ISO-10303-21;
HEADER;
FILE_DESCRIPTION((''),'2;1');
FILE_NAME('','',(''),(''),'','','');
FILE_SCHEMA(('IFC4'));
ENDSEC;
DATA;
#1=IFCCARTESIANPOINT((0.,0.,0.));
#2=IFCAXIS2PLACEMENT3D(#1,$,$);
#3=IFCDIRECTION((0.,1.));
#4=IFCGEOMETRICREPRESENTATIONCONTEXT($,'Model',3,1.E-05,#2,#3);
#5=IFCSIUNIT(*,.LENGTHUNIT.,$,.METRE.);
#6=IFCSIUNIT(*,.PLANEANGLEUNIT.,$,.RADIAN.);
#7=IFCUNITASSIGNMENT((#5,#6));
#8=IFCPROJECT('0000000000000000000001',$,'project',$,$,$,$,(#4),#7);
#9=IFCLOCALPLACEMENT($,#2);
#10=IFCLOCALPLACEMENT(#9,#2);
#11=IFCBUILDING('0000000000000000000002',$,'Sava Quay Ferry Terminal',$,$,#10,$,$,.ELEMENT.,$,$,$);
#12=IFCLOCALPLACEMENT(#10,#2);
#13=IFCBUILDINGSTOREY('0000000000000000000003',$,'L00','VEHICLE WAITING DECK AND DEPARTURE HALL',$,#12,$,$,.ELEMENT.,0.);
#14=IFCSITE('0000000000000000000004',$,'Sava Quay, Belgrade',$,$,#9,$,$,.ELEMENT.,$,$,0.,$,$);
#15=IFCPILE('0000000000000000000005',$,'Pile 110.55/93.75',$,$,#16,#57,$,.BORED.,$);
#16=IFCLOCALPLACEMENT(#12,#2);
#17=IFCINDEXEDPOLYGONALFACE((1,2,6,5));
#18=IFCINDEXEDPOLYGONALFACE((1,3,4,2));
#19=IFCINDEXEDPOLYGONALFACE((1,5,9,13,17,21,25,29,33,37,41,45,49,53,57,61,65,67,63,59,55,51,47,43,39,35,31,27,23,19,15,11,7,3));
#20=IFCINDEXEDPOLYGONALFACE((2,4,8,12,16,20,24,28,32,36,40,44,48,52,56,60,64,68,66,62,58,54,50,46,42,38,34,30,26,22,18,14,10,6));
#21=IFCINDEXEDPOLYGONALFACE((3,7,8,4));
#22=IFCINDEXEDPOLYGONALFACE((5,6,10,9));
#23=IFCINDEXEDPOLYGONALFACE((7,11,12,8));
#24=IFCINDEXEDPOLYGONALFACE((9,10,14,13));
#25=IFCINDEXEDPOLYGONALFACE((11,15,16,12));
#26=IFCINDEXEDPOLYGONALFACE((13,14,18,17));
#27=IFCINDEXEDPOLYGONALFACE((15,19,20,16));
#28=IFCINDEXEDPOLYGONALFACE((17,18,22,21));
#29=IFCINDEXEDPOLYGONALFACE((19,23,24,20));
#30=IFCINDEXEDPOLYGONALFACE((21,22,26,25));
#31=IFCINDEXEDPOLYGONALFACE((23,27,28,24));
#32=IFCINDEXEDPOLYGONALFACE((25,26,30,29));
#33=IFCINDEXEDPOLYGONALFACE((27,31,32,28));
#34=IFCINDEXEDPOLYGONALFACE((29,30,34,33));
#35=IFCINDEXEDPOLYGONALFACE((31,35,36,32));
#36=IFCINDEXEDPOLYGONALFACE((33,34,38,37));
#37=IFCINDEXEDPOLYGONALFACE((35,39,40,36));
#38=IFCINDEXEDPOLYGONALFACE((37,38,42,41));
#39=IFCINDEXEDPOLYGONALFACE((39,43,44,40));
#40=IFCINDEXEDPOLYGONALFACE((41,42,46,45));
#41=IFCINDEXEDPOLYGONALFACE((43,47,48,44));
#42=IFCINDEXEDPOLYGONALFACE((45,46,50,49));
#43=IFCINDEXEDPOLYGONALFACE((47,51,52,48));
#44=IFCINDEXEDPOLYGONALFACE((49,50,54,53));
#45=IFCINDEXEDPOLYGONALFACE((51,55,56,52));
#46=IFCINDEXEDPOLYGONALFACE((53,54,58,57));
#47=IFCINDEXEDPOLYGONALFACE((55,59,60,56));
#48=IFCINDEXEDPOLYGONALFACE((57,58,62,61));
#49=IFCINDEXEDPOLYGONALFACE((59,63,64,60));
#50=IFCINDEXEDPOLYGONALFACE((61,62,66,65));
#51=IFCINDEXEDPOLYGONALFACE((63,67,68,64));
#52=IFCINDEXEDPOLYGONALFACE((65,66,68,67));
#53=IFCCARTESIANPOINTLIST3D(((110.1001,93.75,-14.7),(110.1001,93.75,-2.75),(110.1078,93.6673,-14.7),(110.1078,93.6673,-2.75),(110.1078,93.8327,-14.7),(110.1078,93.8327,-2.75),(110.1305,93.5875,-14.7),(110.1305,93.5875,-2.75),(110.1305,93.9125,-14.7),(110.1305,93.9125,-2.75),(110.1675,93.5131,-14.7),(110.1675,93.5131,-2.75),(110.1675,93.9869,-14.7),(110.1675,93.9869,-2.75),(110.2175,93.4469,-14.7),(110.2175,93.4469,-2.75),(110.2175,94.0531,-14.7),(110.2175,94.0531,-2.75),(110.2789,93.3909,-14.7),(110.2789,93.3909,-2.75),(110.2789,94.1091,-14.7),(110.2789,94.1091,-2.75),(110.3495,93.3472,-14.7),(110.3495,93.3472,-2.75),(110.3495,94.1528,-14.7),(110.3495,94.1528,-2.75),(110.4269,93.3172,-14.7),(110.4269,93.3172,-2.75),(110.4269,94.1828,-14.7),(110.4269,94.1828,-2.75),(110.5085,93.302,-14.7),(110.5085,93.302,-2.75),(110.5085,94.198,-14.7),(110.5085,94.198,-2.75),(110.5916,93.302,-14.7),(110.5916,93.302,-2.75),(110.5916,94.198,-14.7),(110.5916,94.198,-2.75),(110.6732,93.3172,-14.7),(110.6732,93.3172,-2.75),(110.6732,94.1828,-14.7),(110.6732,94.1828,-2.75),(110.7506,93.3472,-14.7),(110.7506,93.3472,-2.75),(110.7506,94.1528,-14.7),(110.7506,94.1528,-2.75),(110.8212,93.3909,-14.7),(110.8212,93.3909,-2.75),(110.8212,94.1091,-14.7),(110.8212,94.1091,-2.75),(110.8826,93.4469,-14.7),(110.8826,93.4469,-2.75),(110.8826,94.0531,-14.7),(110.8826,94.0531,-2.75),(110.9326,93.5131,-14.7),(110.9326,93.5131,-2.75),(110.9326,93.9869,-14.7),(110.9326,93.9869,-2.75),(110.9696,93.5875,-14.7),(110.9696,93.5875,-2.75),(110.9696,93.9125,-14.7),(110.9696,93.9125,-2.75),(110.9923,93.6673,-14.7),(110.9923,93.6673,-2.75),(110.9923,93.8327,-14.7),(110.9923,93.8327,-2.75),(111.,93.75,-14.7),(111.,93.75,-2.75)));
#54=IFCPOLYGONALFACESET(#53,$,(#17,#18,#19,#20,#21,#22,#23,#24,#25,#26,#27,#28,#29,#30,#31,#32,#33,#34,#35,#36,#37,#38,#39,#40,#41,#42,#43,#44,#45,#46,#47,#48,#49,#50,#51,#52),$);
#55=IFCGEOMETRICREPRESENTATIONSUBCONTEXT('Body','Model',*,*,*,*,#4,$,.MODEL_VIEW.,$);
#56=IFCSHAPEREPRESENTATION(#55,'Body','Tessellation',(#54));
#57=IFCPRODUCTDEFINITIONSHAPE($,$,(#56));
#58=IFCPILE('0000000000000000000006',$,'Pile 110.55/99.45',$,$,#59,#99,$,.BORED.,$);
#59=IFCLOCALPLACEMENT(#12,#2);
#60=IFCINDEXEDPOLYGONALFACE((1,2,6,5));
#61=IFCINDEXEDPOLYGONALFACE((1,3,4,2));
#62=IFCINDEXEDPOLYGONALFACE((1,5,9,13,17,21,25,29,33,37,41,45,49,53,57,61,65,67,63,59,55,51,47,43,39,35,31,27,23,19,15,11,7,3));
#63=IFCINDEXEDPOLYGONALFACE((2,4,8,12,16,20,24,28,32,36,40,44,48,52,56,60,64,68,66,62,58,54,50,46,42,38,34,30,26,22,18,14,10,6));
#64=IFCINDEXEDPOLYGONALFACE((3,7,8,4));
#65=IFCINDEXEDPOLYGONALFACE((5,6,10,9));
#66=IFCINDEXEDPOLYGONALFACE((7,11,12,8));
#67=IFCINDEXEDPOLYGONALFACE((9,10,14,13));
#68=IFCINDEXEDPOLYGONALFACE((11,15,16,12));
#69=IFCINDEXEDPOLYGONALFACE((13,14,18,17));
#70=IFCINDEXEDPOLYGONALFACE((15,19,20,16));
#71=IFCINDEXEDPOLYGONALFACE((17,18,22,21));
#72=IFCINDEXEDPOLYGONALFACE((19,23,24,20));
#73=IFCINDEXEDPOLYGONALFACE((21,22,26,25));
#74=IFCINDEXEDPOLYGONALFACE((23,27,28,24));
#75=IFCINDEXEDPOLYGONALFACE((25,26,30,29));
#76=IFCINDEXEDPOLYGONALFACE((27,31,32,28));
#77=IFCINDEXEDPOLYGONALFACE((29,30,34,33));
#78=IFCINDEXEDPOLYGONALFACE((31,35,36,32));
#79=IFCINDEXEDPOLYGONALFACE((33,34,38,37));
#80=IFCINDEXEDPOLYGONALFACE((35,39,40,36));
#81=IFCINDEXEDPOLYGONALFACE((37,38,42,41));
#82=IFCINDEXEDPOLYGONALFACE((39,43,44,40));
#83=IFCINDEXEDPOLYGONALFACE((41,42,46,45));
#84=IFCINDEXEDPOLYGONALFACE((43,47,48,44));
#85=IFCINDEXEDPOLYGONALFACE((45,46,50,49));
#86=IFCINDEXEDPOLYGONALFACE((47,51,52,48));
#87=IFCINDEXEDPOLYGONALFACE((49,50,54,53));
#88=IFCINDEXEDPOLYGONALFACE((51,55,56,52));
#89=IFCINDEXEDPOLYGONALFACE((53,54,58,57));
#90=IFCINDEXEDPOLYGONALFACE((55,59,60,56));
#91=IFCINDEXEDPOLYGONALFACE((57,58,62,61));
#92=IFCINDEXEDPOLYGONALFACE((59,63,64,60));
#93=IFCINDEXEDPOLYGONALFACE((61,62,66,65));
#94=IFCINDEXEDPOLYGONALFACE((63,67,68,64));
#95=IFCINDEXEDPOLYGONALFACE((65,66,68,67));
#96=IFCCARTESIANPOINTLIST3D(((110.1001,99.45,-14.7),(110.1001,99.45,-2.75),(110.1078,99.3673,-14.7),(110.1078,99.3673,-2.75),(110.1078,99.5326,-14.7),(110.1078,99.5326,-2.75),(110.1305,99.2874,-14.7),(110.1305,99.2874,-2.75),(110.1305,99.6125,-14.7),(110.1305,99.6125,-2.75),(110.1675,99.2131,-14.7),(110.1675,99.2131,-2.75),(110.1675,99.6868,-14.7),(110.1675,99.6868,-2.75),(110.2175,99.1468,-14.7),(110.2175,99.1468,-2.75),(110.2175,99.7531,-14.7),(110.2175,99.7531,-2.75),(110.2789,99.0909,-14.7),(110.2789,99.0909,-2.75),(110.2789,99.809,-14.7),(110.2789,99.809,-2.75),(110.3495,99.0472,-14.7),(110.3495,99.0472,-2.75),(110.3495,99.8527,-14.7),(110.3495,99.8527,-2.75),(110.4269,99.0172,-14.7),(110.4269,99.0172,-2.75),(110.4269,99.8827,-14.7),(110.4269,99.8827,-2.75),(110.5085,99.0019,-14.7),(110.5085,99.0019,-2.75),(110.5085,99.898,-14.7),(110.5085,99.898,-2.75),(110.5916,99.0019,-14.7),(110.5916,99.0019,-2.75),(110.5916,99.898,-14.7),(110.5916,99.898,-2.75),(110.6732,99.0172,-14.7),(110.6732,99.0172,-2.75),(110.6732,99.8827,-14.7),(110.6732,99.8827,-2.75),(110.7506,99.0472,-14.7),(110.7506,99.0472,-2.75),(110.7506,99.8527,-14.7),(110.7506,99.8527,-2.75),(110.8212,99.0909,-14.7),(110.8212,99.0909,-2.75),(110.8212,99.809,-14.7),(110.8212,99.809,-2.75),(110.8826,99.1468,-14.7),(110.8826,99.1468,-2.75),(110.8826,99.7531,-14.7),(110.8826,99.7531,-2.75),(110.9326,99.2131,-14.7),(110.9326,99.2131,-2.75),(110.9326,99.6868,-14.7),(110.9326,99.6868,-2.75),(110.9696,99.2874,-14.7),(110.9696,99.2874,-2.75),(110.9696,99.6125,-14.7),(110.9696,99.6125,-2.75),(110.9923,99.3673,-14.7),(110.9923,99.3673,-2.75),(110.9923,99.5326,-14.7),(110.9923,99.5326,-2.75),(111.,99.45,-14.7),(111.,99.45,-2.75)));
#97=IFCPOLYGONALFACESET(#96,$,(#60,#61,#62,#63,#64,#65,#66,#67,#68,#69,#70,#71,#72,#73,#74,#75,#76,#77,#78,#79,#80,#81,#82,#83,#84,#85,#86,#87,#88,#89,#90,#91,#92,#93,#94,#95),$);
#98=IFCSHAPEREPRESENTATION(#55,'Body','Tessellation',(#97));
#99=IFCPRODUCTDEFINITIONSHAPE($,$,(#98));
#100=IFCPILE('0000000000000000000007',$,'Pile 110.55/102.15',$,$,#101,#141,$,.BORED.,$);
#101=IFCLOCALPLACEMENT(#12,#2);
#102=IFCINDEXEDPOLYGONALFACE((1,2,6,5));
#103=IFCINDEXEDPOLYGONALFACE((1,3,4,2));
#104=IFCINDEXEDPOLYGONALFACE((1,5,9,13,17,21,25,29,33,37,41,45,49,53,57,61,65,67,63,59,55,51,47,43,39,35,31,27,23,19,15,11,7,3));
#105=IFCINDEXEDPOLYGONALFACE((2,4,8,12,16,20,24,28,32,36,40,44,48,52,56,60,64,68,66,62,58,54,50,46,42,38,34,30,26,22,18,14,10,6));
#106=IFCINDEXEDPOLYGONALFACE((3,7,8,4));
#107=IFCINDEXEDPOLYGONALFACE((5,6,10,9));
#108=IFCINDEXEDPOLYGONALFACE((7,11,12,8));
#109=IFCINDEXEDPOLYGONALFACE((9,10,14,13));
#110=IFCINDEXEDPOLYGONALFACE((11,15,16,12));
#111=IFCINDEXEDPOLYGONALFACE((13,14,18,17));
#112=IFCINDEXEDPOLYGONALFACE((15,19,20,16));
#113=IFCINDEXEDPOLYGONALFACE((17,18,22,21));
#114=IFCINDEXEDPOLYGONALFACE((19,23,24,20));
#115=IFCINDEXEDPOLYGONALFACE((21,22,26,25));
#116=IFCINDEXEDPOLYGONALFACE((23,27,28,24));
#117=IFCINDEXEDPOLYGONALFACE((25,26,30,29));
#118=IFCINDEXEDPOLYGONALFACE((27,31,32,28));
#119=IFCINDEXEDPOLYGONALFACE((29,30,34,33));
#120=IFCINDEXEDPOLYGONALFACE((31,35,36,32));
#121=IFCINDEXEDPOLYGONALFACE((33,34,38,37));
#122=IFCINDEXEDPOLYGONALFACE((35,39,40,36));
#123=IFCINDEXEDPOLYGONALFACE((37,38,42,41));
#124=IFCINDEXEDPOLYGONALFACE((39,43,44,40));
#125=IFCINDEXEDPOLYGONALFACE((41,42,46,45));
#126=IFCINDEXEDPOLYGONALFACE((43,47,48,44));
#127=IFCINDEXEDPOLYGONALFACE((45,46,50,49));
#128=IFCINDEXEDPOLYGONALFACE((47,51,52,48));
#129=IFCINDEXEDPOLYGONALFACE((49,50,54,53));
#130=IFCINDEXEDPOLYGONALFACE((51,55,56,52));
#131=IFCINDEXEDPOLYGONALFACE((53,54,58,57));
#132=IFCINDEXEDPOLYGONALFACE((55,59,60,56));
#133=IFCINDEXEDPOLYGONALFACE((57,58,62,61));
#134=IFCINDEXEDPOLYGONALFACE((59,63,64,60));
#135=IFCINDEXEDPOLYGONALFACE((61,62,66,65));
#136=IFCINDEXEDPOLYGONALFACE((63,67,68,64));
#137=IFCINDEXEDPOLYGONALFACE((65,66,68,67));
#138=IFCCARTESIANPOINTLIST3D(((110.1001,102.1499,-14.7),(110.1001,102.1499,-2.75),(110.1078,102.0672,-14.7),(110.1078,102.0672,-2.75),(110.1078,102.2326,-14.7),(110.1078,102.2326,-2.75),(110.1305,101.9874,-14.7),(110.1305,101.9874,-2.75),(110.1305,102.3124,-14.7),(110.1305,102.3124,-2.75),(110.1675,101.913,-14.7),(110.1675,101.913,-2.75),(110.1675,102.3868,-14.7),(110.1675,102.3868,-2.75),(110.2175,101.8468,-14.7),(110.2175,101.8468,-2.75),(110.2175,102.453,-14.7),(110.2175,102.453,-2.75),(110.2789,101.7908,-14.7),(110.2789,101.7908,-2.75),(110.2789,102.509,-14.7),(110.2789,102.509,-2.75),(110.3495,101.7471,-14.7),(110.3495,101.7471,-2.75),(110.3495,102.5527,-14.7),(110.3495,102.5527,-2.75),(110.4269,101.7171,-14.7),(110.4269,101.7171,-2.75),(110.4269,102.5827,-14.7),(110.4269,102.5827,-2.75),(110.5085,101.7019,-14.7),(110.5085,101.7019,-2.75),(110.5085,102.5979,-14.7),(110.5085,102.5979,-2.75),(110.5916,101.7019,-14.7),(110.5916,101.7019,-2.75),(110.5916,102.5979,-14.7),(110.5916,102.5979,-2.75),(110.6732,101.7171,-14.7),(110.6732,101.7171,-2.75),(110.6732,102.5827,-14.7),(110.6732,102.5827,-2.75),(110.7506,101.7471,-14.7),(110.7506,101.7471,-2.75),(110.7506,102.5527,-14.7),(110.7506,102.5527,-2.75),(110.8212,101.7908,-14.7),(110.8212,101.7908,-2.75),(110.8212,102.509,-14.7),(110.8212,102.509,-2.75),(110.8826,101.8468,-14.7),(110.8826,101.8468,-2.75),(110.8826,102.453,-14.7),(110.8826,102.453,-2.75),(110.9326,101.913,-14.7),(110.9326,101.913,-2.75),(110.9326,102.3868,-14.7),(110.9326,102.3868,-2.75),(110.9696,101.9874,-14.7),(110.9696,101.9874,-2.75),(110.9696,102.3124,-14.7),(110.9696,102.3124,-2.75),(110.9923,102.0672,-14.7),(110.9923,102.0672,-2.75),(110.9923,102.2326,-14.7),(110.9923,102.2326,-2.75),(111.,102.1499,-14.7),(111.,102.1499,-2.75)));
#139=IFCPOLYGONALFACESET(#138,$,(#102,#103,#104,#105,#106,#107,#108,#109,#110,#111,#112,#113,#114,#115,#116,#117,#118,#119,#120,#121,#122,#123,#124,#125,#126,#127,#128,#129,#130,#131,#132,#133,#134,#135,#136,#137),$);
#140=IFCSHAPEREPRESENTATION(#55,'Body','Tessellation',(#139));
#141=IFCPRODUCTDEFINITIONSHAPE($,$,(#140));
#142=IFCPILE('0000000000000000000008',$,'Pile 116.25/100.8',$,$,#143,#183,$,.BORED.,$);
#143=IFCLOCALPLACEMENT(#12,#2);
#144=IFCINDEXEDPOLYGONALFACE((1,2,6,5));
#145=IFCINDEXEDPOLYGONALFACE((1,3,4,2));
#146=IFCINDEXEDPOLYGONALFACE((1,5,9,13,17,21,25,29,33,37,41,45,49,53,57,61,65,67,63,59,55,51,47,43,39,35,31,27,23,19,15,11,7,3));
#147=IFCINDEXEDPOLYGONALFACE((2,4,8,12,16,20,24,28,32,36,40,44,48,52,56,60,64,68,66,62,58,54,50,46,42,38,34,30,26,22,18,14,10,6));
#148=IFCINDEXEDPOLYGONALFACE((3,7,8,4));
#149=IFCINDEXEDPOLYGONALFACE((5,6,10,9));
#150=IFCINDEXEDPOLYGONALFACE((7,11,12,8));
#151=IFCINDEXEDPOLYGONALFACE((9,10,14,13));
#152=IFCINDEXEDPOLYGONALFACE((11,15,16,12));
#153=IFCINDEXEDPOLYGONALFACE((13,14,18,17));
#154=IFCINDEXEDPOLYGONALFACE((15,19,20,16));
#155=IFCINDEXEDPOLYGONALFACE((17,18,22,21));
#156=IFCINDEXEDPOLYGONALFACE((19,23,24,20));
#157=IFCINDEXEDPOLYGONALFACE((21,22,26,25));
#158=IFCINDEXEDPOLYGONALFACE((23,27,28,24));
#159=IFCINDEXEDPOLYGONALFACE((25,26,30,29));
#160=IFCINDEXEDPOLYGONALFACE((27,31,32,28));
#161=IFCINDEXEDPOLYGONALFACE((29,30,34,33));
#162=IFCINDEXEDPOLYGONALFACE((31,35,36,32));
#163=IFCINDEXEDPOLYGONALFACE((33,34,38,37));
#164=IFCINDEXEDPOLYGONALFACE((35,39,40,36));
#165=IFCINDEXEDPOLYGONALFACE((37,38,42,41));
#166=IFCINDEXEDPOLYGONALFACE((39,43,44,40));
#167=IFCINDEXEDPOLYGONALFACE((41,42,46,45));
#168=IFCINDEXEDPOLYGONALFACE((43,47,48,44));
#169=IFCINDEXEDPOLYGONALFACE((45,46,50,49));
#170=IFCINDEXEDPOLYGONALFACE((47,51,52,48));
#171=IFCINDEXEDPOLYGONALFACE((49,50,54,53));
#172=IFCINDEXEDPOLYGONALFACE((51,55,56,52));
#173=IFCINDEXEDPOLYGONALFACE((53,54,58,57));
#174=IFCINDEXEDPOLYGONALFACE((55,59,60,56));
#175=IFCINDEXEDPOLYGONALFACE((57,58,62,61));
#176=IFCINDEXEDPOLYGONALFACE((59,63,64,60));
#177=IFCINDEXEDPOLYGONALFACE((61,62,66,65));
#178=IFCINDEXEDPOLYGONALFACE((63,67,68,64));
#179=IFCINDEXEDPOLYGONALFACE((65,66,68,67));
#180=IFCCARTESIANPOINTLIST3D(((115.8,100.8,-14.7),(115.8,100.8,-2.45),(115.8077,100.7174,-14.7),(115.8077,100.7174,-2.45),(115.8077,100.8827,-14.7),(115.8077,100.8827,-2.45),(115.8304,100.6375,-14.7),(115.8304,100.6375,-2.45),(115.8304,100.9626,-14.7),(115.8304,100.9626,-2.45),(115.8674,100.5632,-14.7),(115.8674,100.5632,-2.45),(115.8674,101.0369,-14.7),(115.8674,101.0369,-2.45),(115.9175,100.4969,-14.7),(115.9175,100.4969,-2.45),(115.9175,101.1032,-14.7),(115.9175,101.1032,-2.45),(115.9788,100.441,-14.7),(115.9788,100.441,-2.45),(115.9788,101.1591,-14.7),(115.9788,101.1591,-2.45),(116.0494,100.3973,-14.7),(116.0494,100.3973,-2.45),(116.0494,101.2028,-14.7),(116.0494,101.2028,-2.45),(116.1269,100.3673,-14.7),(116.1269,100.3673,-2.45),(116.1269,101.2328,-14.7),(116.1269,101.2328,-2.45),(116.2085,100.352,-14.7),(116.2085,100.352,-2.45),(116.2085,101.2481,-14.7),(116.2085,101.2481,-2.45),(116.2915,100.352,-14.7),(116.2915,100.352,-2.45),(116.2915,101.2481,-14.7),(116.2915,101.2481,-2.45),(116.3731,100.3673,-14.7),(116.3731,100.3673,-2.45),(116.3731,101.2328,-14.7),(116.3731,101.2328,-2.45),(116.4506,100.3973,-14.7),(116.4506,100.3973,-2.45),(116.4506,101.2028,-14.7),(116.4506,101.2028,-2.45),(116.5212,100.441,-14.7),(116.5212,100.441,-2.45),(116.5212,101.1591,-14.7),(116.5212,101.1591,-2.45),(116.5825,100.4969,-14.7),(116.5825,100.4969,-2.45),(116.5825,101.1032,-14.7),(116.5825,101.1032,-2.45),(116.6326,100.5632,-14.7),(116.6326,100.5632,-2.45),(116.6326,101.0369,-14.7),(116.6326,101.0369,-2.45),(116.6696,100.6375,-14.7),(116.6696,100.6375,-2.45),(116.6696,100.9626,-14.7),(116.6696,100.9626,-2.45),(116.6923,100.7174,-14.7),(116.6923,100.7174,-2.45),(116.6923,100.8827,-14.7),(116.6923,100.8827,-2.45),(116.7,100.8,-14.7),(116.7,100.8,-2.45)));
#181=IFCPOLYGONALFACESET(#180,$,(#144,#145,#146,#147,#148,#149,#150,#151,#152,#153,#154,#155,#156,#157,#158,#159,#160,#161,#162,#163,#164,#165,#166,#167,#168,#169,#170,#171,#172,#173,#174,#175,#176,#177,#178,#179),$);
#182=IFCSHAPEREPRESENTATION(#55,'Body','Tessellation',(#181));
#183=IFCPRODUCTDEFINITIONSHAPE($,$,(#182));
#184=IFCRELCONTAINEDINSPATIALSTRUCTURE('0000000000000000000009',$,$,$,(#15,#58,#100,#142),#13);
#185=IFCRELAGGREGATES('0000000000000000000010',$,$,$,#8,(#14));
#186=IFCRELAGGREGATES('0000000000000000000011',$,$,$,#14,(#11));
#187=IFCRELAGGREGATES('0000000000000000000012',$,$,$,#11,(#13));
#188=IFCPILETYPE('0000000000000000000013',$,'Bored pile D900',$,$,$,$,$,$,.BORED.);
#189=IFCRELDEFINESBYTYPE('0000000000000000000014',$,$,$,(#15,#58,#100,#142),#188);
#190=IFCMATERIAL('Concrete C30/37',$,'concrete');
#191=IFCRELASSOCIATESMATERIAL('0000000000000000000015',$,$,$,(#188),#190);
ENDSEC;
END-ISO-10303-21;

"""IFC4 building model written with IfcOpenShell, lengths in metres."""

from ifc_helpers import new_model, si_unit, direction, frame, origin, origin_2d, place, context, subcontext, project, spatial, circle, extrude, material, material_profile, profile_set, type_object, element, save


model = new_model("IFC4")

# Units and contexts
model_context = context("Model", 3, precision=1e-05, world=origin(), true_north=direction((0.0, 1.0)))
body_context = subcontext(model_context, "Body", "Model", "MODEL_VIEW")
ifc_project = project(units=[si_unit("LENGTHUNIT", "METRE"), si_unit("PLANEANGLEUNIT", "RADIAN")], contexts=[model_context])

# Site, building, storey
site_placement = place(None, origin())
site = spatial("IfcSite", under=ifc_project, at=site_placement, Name="Sava Quay, Belgrade", CompositionType="ELEMENT", RefElevation=0.0)
building_placement = place(site_placement, origin())
building = spatial("IfcBuilding", under=site, at=building_placement, Name="Sava Quay Ferry Terminal", CompositionType="ELEMENT")
storey_placement = place(building_placement, origin())
storey = spatial("IfcBuildingStorey", under=building, at=storey_placement, Name="L00", Description="VEHICLE WAITING DECK AND DEPARTURE HALL", CompositionType="ELEMENT", Elevation=0.0)

# Piles
ifc_material_1 = material(Name="Concrete C30/37", Category="concrete")
ifc_material_profile_1 = material_profile(ifc_material_1, circle(Radius=0.45, at=origin_2d()), Name="Bored pile D900")
ifc_profile_set_1 = profile_set([ifc_material_profile_1], Name="Concrete C30/37")
pile_type = type_object("IfcPileType", Name="Bored pile D900", PredefinedType="BORED", material=ifc_profile_set_1)
for number, where, z_axis, x_axis, name in (
    (1, (110.55, 93.75, -2.75), (0.0, 0.0, -1.0), (1.0, 0.0, 0.0), "Pile 110.55/93.75"),
    (2, (110.55, 99.45, -2.75), (0.0, 0.0, -1.0), (1.0, 0.0, 0.0), "Pile 110.55/99.45"),
    (3, (110.55, 102.1499, -2.75), (0.0, 0.0, -1.0), (1.0, 0.0, 0.0), "Pile 110.55/102.15"),
):
    element("IfcPile", number, at=place(storey_placement, frame(where, z_axis=z_axis, x_axis=x_axis)), inside=storey, type_object=pile_type, Name=name, PredefinedType="BORED", context=body_context, shape_type="SweptSolid", body=[
        extrude(circle(Radius=0.45, at=origin_2d()), origin(), (0.0, 0.0, 1.0), 11.95),
    ])
pile_1_placement = place(storey_placement, frame((116.25, 100.8, -2.45), z_axis=(0.0, 0.0, -1.0), x_axis=(1.0, 0.0, 0.0)))
element("IfcPile", 4, at=pile_1_placement, inside=storey, type_object=pile_type, Name="Pile 116.25/100.8", PredefinedType="BORED", context=body_context, shape_type="SweptSolid", body=[
    extrude(circle(Radius=0.45, at=origin_2d()), origin(), (0.0, 0.0, 1.0), 12.25),
])

save(model, "model.ifc")
